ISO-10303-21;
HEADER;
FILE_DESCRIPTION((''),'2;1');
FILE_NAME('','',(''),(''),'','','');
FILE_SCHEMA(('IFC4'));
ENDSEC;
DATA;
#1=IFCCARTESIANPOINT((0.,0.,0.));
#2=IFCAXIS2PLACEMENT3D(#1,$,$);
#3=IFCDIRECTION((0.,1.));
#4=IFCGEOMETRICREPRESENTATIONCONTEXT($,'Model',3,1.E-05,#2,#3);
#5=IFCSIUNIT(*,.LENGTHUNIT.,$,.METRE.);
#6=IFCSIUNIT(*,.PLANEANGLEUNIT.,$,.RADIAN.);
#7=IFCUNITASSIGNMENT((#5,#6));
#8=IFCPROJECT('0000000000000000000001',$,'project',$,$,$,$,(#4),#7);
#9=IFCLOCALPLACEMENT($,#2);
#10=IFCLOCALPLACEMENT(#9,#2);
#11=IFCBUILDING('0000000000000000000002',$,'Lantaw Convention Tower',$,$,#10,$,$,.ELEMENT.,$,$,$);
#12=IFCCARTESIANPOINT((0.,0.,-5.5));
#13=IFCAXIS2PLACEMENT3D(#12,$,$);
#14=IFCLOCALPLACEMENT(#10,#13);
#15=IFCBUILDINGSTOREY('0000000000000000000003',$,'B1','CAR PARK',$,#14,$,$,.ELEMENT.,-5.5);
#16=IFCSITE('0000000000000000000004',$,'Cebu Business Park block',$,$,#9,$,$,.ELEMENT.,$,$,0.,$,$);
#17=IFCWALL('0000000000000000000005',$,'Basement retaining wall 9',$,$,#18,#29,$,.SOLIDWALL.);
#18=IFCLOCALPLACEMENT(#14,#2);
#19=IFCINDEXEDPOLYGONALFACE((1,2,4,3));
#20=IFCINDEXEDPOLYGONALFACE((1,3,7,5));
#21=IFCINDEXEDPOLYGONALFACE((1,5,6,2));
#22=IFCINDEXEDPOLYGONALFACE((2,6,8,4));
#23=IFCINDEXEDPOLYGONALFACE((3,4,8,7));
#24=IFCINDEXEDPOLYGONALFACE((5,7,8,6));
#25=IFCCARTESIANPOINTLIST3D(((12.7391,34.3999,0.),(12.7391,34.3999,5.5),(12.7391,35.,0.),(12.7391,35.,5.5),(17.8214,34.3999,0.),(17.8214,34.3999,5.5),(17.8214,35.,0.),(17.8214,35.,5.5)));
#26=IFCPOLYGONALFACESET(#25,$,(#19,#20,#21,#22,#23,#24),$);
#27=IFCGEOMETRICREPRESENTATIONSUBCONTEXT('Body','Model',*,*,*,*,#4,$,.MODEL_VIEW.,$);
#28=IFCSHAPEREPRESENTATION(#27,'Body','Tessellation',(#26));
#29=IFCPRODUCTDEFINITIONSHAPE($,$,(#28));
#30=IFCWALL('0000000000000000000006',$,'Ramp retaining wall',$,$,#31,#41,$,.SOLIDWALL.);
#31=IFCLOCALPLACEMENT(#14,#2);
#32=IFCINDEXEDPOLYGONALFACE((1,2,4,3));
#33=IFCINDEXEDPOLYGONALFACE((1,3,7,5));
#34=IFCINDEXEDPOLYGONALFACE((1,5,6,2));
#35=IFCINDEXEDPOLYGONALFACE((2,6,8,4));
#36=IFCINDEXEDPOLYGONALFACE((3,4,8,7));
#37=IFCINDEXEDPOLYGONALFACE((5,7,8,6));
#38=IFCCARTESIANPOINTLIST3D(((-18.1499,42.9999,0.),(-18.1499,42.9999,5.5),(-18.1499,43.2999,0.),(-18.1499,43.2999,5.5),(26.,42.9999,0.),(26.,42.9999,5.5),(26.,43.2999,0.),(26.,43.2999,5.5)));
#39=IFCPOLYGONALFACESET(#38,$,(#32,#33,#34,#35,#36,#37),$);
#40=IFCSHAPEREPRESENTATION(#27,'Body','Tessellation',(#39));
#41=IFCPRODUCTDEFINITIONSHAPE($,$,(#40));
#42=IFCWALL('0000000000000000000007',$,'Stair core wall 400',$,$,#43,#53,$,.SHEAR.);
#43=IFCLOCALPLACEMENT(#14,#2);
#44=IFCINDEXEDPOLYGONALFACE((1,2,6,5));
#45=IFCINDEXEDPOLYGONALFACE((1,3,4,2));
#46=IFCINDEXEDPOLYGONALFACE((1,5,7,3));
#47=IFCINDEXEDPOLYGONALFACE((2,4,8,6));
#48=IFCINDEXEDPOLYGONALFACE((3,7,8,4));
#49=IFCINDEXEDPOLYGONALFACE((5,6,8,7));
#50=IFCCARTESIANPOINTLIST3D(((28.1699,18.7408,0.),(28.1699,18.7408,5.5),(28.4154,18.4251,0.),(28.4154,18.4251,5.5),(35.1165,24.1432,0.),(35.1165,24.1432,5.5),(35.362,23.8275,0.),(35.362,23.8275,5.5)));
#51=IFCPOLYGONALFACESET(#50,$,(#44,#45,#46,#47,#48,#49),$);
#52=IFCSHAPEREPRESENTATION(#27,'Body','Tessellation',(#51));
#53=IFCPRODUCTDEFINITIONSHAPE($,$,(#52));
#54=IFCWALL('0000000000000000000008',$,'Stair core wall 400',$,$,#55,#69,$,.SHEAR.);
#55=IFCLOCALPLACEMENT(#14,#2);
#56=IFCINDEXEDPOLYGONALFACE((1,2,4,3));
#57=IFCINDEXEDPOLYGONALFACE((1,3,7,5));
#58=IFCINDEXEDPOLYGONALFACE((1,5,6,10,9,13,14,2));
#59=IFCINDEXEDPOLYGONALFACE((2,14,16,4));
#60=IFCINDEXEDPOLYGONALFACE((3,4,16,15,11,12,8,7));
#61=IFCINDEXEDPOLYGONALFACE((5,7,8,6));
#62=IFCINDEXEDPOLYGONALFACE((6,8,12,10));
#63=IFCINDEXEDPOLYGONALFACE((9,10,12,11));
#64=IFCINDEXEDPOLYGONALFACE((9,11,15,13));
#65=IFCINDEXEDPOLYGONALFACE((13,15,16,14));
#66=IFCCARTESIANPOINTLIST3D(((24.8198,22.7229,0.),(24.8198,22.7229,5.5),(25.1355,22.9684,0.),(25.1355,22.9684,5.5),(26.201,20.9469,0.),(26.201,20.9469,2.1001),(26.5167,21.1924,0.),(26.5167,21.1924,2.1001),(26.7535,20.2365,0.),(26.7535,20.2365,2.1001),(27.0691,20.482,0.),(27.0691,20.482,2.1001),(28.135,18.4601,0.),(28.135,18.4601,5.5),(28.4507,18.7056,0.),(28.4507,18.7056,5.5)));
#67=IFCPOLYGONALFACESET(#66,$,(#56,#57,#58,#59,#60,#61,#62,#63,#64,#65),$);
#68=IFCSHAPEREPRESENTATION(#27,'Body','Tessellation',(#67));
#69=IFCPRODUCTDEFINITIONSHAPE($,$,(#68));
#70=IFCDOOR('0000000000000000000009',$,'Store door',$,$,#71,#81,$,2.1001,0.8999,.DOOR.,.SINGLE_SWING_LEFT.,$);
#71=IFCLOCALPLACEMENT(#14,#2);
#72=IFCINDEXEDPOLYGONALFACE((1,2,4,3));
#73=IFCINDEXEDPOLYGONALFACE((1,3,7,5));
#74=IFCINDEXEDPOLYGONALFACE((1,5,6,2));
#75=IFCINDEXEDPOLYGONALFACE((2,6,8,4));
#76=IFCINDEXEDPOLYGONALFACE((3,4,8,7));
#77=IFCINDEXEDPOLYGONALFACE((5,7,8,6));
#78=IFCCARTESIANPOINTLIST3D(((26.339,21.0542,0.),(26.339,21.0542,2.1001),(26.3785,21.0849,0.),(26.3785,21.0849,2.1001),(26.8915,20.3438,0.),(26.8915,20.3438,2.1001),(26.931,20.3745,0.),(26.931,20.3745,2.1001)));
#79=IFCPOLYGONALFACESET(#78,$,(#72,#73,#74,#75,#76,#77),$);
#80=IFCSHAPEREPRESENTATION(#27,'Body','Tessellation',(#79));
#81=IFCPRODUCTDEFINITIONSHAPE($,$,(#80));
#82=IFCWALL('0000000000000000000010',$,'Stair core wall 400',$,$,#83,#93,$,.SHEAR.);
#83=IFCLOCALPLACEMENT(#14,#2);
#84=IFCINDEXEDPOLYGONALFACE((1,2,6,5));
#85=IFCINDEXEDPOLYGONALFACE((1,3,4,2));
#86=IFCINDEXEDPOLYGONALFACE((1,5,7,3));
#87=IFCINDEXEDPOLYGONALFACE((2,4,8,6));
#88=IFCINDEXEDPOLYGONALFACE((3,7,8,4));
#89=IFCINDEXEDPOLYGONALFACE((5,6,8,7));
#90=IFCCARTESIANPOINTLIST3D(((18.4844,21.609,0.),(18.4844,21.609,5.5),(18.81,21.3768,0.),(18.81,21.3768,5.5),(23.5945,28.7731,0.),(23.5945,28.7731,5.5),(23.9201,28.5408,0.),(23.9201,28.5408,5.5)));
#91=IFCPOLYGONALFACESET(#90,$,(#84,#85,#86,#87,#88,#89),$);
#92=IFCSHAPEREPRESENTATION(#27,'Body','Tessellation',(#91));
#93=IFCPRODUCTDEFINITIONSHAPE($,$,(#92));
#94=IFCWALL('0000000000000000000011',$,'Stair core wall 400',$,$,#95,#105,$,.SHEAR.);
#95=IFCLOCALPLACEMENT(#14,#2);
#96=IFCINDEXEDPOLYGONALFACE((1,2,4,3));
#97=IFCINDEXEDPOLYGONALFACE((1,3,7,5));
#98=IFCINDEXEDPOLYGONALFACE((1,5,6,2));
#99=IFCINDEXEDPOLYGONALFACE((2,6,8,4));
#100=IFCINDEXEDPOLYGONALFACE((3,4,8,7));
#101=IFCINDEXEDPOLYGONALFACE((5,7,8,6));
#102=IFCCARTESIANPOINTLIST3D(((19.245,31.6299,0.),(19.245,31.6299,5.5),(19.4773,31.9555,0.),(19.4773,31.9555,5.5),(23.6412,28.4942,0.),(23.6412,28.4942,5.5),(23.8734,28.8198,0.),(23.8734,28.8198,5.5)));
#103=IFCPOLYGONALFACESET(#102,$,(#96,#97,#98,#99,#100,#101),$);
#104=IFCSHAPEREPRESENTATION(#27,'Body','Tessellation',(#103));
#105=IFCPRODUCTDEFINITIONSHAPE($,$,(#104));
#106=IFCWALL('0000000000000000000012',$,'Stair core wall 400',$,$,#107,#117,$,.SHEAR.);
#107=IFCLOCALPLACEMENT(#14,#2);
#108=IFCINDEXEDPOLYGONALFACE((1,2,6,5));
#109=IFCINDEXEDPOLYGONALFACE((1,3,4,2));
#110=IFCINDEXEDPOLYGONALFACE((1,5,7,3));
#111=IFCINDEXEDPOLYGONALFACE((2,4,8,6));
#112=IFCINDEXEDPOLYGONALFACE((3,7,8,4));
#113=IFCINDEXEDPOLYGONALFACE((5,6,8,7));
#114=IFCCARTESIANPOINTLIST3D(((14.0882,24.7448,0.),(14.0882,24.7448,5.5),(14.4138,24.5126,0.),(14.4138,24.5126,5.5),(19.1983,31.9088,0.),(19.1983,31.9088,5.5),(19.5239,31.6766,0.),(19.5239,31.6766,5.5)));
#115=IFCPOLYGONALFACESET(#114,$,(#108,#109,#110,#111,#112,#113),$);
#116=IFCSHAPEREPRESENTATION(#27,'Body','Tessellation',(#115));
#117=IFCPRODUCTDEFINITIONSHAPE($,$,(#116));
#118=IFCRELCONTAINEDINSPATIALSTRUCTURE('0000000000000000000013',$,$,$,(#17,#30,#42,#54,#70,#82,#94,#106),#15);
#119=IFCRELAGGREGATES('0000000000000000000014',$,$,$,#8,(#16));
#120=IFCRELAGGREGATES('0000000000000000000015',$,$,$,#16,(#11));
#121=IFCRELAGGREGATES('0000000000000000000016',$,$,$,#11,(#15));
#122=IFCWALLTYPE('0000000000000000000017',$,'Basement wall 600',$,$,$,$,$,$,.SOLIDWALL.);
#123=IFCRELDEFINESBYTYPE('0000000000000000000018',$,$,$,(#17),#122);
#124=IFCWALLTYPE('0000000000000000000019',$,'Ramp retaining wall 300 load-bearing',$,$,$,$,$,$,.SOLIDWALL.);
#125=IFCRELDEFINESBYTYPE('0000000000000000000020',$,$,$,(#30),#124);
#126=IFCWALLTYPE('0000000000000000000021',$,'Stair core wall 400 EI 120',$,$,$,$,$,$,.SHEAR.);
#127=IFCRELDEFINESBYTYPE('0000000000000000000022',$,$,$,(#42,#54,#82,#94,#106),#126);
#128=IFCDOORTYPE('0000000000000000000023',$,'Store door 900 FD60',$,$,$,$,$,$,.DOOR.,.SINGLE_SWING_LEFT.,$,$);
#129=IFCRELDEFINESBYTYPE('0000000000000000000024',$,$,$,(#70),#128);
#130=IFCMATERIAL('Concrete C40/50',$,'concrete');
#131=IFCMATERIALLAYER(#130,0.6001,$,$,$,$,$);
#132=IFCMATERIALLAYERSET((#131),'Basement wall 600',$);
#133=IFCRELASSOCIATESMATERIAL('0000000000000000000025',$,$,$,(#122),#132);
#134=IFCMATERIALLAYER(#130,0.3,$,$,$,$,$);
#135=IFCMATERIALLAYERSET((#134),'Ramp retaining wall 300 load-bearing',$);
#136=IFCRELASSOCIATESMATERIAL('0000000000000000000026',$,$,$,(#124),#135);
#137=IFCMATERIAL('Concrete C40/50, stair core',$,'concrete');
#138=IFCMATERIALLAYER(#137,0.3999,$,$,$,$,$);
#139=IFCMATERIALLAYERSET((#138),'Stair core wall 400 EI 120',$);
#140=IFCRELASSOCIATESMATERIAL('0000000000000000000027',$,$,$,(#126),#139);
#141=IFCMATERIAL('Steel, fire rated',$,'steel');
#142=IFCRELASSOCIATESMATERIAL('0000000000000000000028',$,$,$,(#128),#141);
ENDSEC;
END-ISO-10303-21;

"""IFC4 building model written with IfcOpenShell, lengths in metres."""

from ifc_helpers import new_model, si_unit, direction, frame, frame_2d, origin, place, context, subcontext, project, spatial, rectangle, extrude, material, layer, layer_set, type_object, element, fill, save


model = new_model("IFC4")

# Units and contexts
model_context = context("Model", 3, precision=1e-05, world=origin(), true_north=direction((0.0, 1.0)))
body_context = subcontext(model_context, "Body", "Model", "MODEL_VIEW")
ifc_project = project(units=[si_unit("LENGTHUNIT", "METRE"), si_unit("PLANEANGLEUNIT", "RADIAN")], contexts=[model_context])

# Site, building, storey
site_placement = place(None, origin())
site = spatial("IfcSite", under=ifc_project, at=site_placement, Name="Cebu Business Park block", CompositionType="ELEMENT", RefElevation=0.0)
building_placement = place(site_placement, origin())
building = spatial("IfcBuilding", under=site, at=building_placement, Name="Lantaw Convention Tower", CompositionType="ELEMENT")
storey_placement = place(building_placement, frame((0.0, 0.0, -5.5)))
storey = spatial("IfcBuildingStorey", under=building, at=storey_placement, Name="B1", Description="CAR PARK", CompositionType="ELEMENT", Elevation=-5.5)

# Shared definitions
ifc_material_1 = material(Name="Concrete C40/50", Category="concrete")

# Walls
ifc_layer_1 = layer(ifc_material_1, 0.6001)
ifc_layer_set_1 = layer_set([ifc_layer_1], Name="Basement wall 600")
wall_type_1 = type_object("IfcWallType", Name="Basement wall 600", PredefinedType="SOLIDWALL", material=ifc_layer_set_1)
wall_1_placement = place(storey_placement, frame((17.8213, 34.7, 0.0), z_axis=(0.0, 0.0, 1.0), x_axis=(-1.0, 0.0, 0.0)))
element("IfcWall", 1, at=wall_1_placement, inside=storey, type_object=wall_type_1, Name="Basement retaining wall 9", PredefinedType="SOLIDWALL", context=body_context, shape_type="SweptSolid", body=[
    extrude(rectangle(XDim=5.0823, YDim=0.6001, at=frame_2d((2.541, 0.0))), origin(), (0.0, 0.0, 1.0), 5.5),
])
ifc_layer_2 = layer(ifc_material_1, 0.3)
ifc_layer_set_2 = layer_set([ifc_layer_2], Name="Ramp retaining wall 300 load-bearing")
wall_type_2 = type_object("IfcWallType", Name="Ramp retaining wall 300 load-bearing", PredefinedType="SOLIDWALL", material=ifc_layer_set_2)
wall_2_placement = place(storey_placement, frame((26.0, 43.1499, 0.0), z_axis=(0.0, 0.0, 1.0), x_axis=(-1.0, 0.0, 0.0)))
element("IfcWall", 2, at=wall_2_placement, inside=storey, type_object=wall_type_2, Name="Ramp retaining wall", PredefinedType="SOLIDWALL", context=body_context, shape_type="SweptSolid", body=[
    extrude(rectangle(XDim=44.1499, YDim=0.3, at=frame_2d((22.075, 0.0))), origin(), (0.0, 0.0, 1.0), 5.5),
])
ifc_material_2 = material(Name="Concrete C40/50, stair core", Category="concrete")
ifc_layer_3 = layer(ifc_material_2, 0.3999)
ifc_layer_set_3 = layer_set([ifc_layer_3], Name="Stair core wall 400 EI 120")
wall_type_3 = type_object("IfcWallType", Name="Stair core wall 400 EI 120", PredefinedType="SHEAR", material=ifc_layer_set_3)
wall_3_placement = place(storey_placement, frame((28.2927, 18.583, 0.0), z_axis=(0.0, 0.0, 1.0), x_axis=(0.789381, 0.613904, 0.0)))
element("IfcWall", 3, at=wall_3_placement, inside=storey, type_object=wall_type_3, Name="Stair core wall 400", PredefinedType="SHEAR", context=body_context, shape_type="SweptSolid", body=[
    extrude(rectangle(XDim=8.8, YDim=0.3999, at=frame_2d((4.3999, 0.0))), origin(), (0.0, 0.0, 1.0), 5.5),
])

# Wall, opening, door
wall_4_placement = place(storey_placement, frame((24.9775, 22.8457, 0.0), z_axis=(0.0, 0.0, 1.0), x_axis=(0.613912, -0.789374, 0.0)))
wall_4 = element("IfcWall", 4, at=wall_4_placement, inside=storey, type_object=wall_type_3, Name="Stair core wall 400", PredefinedType="SHEAR", context=body_context, shape_type="SweptSolid", body=[
    extrude(rectangle(XDim=5.4001, YDim=0.3999, at=frame_2d((2.7002, 0.0))), origin(), (0.0, 0.0, 1.0), 5.5),
])
opening_placement = place(wall_4_placement, frame((2.25, 0.0, 0.0)))
opening = element("IfcOpeningElement", 5, at=opening_placement, cuts=wall_4, PredefinedType="OPENING", context=body_context, shape_type="SweptSolid", body=[
    extrude(rectangle(XDim=0.8999, YDim=2.1001, at=frame_2d((0.45, 1.05))), frame((0.0, 0.21, 0.0), z_axis=(0.0, -1.0, 0.0), x_axis=(1.0, 0.0, 0.0)), (0.0, 0.0, 1.0), 0.4199),
])
ifc_material_3 = material(Name="Steel, fire rated", Category="steel")
door_type = type_object("IfcDoorType", Name="Store door 900 FD60", OperationType="SINGLE_SWING_LEFT", PredefinedType="DOOR", material=ifc_material_3)
door_placement = place(opening_placement, origin())
door = element("IfcDoor", 6, at=door_placement, inside=storey, type_object=door_type, Name="Store door", OperationType="SINGLE_SWING_LEFT", OverallHeight=2.1001, OverallWidth=0.8999, PredefinedType="DOOR", context=body_context, shape_type="SweptSolid", body=[
    extrude(rectangle(XDim=0.8999, YDim=2.1001, at=frame_2d((0.45, 1.05))), frame((0.0, 0.0249, 0.0), z_axis=(0.0, -1.0, 0.0), x_axis=(1.0, 0.0, 0.0)), (0.0, 0.0, 1.0), 0.05),
])
fill(opening, door)

# Walls
wall_5_placement = place(storey_placement, frame((18.6472, 21.4929, 0.0), z_axis=(0.0, 0.0, 1.0), x_axis=(0.580705, 0.814114, 0.0)))
element("IfcWall", 7, at=wall_5_placement, inside=storey, type_object=wall_type_3, Name="Stair core wall 400", PredefinedType="SHEAR", context=body_context, shape_type="SweptSolid", body=[
    extrude(rectangle(XDim=8.7998, YDim=0.3999, at=frame_2d((4.3999, 0.0))), origin(), (0.0, 0.0, 1.0), 5.5),
])
wall_6_placement = place(storey_placement, frame((23.7573, 28.657, 0.0), z_axis=(0.0, 0.0, 1.0), x_axis=(-0.814121, 0.580695, 0.0)))
element("IfcWall", 8, at=wall_6_placement, inside=storey, type_object=wall_type_3, Name="Stair core wall 400", PredefinedType="SHEAR", context=body_context, shape_type="SweptSolid", body=[
    extrude(rectangle(XDim=5.3999, YDim=0.3999, at=frame_2d((2.7, 0.0))), origin(), (0.0, 0.0, 1.0), 5.5),
])
wall_7_placement = place(storey_placement, frame((19.3611, 31.7927, 0.0), z_axis=(0.0, 0.0, 1.0), x_axis=(-0.580705, -0.814114, 0.0)))
element("IfcWall", 9, at=wall_7_placement, inside=storey, type_object=wall_type_3, Name="Stair core wall 400", PredefinedType="SHEAR", context=body_context, shape_type="SweptSolid", body=[
    extrude(rectangle(XDim=8.7998, YDim=0.3999, at=frame_2d((4.3999, 0.0))), origin(), (0.0, 0.0, 1.0), 5.5),
])

save(model, "model.ifc")
